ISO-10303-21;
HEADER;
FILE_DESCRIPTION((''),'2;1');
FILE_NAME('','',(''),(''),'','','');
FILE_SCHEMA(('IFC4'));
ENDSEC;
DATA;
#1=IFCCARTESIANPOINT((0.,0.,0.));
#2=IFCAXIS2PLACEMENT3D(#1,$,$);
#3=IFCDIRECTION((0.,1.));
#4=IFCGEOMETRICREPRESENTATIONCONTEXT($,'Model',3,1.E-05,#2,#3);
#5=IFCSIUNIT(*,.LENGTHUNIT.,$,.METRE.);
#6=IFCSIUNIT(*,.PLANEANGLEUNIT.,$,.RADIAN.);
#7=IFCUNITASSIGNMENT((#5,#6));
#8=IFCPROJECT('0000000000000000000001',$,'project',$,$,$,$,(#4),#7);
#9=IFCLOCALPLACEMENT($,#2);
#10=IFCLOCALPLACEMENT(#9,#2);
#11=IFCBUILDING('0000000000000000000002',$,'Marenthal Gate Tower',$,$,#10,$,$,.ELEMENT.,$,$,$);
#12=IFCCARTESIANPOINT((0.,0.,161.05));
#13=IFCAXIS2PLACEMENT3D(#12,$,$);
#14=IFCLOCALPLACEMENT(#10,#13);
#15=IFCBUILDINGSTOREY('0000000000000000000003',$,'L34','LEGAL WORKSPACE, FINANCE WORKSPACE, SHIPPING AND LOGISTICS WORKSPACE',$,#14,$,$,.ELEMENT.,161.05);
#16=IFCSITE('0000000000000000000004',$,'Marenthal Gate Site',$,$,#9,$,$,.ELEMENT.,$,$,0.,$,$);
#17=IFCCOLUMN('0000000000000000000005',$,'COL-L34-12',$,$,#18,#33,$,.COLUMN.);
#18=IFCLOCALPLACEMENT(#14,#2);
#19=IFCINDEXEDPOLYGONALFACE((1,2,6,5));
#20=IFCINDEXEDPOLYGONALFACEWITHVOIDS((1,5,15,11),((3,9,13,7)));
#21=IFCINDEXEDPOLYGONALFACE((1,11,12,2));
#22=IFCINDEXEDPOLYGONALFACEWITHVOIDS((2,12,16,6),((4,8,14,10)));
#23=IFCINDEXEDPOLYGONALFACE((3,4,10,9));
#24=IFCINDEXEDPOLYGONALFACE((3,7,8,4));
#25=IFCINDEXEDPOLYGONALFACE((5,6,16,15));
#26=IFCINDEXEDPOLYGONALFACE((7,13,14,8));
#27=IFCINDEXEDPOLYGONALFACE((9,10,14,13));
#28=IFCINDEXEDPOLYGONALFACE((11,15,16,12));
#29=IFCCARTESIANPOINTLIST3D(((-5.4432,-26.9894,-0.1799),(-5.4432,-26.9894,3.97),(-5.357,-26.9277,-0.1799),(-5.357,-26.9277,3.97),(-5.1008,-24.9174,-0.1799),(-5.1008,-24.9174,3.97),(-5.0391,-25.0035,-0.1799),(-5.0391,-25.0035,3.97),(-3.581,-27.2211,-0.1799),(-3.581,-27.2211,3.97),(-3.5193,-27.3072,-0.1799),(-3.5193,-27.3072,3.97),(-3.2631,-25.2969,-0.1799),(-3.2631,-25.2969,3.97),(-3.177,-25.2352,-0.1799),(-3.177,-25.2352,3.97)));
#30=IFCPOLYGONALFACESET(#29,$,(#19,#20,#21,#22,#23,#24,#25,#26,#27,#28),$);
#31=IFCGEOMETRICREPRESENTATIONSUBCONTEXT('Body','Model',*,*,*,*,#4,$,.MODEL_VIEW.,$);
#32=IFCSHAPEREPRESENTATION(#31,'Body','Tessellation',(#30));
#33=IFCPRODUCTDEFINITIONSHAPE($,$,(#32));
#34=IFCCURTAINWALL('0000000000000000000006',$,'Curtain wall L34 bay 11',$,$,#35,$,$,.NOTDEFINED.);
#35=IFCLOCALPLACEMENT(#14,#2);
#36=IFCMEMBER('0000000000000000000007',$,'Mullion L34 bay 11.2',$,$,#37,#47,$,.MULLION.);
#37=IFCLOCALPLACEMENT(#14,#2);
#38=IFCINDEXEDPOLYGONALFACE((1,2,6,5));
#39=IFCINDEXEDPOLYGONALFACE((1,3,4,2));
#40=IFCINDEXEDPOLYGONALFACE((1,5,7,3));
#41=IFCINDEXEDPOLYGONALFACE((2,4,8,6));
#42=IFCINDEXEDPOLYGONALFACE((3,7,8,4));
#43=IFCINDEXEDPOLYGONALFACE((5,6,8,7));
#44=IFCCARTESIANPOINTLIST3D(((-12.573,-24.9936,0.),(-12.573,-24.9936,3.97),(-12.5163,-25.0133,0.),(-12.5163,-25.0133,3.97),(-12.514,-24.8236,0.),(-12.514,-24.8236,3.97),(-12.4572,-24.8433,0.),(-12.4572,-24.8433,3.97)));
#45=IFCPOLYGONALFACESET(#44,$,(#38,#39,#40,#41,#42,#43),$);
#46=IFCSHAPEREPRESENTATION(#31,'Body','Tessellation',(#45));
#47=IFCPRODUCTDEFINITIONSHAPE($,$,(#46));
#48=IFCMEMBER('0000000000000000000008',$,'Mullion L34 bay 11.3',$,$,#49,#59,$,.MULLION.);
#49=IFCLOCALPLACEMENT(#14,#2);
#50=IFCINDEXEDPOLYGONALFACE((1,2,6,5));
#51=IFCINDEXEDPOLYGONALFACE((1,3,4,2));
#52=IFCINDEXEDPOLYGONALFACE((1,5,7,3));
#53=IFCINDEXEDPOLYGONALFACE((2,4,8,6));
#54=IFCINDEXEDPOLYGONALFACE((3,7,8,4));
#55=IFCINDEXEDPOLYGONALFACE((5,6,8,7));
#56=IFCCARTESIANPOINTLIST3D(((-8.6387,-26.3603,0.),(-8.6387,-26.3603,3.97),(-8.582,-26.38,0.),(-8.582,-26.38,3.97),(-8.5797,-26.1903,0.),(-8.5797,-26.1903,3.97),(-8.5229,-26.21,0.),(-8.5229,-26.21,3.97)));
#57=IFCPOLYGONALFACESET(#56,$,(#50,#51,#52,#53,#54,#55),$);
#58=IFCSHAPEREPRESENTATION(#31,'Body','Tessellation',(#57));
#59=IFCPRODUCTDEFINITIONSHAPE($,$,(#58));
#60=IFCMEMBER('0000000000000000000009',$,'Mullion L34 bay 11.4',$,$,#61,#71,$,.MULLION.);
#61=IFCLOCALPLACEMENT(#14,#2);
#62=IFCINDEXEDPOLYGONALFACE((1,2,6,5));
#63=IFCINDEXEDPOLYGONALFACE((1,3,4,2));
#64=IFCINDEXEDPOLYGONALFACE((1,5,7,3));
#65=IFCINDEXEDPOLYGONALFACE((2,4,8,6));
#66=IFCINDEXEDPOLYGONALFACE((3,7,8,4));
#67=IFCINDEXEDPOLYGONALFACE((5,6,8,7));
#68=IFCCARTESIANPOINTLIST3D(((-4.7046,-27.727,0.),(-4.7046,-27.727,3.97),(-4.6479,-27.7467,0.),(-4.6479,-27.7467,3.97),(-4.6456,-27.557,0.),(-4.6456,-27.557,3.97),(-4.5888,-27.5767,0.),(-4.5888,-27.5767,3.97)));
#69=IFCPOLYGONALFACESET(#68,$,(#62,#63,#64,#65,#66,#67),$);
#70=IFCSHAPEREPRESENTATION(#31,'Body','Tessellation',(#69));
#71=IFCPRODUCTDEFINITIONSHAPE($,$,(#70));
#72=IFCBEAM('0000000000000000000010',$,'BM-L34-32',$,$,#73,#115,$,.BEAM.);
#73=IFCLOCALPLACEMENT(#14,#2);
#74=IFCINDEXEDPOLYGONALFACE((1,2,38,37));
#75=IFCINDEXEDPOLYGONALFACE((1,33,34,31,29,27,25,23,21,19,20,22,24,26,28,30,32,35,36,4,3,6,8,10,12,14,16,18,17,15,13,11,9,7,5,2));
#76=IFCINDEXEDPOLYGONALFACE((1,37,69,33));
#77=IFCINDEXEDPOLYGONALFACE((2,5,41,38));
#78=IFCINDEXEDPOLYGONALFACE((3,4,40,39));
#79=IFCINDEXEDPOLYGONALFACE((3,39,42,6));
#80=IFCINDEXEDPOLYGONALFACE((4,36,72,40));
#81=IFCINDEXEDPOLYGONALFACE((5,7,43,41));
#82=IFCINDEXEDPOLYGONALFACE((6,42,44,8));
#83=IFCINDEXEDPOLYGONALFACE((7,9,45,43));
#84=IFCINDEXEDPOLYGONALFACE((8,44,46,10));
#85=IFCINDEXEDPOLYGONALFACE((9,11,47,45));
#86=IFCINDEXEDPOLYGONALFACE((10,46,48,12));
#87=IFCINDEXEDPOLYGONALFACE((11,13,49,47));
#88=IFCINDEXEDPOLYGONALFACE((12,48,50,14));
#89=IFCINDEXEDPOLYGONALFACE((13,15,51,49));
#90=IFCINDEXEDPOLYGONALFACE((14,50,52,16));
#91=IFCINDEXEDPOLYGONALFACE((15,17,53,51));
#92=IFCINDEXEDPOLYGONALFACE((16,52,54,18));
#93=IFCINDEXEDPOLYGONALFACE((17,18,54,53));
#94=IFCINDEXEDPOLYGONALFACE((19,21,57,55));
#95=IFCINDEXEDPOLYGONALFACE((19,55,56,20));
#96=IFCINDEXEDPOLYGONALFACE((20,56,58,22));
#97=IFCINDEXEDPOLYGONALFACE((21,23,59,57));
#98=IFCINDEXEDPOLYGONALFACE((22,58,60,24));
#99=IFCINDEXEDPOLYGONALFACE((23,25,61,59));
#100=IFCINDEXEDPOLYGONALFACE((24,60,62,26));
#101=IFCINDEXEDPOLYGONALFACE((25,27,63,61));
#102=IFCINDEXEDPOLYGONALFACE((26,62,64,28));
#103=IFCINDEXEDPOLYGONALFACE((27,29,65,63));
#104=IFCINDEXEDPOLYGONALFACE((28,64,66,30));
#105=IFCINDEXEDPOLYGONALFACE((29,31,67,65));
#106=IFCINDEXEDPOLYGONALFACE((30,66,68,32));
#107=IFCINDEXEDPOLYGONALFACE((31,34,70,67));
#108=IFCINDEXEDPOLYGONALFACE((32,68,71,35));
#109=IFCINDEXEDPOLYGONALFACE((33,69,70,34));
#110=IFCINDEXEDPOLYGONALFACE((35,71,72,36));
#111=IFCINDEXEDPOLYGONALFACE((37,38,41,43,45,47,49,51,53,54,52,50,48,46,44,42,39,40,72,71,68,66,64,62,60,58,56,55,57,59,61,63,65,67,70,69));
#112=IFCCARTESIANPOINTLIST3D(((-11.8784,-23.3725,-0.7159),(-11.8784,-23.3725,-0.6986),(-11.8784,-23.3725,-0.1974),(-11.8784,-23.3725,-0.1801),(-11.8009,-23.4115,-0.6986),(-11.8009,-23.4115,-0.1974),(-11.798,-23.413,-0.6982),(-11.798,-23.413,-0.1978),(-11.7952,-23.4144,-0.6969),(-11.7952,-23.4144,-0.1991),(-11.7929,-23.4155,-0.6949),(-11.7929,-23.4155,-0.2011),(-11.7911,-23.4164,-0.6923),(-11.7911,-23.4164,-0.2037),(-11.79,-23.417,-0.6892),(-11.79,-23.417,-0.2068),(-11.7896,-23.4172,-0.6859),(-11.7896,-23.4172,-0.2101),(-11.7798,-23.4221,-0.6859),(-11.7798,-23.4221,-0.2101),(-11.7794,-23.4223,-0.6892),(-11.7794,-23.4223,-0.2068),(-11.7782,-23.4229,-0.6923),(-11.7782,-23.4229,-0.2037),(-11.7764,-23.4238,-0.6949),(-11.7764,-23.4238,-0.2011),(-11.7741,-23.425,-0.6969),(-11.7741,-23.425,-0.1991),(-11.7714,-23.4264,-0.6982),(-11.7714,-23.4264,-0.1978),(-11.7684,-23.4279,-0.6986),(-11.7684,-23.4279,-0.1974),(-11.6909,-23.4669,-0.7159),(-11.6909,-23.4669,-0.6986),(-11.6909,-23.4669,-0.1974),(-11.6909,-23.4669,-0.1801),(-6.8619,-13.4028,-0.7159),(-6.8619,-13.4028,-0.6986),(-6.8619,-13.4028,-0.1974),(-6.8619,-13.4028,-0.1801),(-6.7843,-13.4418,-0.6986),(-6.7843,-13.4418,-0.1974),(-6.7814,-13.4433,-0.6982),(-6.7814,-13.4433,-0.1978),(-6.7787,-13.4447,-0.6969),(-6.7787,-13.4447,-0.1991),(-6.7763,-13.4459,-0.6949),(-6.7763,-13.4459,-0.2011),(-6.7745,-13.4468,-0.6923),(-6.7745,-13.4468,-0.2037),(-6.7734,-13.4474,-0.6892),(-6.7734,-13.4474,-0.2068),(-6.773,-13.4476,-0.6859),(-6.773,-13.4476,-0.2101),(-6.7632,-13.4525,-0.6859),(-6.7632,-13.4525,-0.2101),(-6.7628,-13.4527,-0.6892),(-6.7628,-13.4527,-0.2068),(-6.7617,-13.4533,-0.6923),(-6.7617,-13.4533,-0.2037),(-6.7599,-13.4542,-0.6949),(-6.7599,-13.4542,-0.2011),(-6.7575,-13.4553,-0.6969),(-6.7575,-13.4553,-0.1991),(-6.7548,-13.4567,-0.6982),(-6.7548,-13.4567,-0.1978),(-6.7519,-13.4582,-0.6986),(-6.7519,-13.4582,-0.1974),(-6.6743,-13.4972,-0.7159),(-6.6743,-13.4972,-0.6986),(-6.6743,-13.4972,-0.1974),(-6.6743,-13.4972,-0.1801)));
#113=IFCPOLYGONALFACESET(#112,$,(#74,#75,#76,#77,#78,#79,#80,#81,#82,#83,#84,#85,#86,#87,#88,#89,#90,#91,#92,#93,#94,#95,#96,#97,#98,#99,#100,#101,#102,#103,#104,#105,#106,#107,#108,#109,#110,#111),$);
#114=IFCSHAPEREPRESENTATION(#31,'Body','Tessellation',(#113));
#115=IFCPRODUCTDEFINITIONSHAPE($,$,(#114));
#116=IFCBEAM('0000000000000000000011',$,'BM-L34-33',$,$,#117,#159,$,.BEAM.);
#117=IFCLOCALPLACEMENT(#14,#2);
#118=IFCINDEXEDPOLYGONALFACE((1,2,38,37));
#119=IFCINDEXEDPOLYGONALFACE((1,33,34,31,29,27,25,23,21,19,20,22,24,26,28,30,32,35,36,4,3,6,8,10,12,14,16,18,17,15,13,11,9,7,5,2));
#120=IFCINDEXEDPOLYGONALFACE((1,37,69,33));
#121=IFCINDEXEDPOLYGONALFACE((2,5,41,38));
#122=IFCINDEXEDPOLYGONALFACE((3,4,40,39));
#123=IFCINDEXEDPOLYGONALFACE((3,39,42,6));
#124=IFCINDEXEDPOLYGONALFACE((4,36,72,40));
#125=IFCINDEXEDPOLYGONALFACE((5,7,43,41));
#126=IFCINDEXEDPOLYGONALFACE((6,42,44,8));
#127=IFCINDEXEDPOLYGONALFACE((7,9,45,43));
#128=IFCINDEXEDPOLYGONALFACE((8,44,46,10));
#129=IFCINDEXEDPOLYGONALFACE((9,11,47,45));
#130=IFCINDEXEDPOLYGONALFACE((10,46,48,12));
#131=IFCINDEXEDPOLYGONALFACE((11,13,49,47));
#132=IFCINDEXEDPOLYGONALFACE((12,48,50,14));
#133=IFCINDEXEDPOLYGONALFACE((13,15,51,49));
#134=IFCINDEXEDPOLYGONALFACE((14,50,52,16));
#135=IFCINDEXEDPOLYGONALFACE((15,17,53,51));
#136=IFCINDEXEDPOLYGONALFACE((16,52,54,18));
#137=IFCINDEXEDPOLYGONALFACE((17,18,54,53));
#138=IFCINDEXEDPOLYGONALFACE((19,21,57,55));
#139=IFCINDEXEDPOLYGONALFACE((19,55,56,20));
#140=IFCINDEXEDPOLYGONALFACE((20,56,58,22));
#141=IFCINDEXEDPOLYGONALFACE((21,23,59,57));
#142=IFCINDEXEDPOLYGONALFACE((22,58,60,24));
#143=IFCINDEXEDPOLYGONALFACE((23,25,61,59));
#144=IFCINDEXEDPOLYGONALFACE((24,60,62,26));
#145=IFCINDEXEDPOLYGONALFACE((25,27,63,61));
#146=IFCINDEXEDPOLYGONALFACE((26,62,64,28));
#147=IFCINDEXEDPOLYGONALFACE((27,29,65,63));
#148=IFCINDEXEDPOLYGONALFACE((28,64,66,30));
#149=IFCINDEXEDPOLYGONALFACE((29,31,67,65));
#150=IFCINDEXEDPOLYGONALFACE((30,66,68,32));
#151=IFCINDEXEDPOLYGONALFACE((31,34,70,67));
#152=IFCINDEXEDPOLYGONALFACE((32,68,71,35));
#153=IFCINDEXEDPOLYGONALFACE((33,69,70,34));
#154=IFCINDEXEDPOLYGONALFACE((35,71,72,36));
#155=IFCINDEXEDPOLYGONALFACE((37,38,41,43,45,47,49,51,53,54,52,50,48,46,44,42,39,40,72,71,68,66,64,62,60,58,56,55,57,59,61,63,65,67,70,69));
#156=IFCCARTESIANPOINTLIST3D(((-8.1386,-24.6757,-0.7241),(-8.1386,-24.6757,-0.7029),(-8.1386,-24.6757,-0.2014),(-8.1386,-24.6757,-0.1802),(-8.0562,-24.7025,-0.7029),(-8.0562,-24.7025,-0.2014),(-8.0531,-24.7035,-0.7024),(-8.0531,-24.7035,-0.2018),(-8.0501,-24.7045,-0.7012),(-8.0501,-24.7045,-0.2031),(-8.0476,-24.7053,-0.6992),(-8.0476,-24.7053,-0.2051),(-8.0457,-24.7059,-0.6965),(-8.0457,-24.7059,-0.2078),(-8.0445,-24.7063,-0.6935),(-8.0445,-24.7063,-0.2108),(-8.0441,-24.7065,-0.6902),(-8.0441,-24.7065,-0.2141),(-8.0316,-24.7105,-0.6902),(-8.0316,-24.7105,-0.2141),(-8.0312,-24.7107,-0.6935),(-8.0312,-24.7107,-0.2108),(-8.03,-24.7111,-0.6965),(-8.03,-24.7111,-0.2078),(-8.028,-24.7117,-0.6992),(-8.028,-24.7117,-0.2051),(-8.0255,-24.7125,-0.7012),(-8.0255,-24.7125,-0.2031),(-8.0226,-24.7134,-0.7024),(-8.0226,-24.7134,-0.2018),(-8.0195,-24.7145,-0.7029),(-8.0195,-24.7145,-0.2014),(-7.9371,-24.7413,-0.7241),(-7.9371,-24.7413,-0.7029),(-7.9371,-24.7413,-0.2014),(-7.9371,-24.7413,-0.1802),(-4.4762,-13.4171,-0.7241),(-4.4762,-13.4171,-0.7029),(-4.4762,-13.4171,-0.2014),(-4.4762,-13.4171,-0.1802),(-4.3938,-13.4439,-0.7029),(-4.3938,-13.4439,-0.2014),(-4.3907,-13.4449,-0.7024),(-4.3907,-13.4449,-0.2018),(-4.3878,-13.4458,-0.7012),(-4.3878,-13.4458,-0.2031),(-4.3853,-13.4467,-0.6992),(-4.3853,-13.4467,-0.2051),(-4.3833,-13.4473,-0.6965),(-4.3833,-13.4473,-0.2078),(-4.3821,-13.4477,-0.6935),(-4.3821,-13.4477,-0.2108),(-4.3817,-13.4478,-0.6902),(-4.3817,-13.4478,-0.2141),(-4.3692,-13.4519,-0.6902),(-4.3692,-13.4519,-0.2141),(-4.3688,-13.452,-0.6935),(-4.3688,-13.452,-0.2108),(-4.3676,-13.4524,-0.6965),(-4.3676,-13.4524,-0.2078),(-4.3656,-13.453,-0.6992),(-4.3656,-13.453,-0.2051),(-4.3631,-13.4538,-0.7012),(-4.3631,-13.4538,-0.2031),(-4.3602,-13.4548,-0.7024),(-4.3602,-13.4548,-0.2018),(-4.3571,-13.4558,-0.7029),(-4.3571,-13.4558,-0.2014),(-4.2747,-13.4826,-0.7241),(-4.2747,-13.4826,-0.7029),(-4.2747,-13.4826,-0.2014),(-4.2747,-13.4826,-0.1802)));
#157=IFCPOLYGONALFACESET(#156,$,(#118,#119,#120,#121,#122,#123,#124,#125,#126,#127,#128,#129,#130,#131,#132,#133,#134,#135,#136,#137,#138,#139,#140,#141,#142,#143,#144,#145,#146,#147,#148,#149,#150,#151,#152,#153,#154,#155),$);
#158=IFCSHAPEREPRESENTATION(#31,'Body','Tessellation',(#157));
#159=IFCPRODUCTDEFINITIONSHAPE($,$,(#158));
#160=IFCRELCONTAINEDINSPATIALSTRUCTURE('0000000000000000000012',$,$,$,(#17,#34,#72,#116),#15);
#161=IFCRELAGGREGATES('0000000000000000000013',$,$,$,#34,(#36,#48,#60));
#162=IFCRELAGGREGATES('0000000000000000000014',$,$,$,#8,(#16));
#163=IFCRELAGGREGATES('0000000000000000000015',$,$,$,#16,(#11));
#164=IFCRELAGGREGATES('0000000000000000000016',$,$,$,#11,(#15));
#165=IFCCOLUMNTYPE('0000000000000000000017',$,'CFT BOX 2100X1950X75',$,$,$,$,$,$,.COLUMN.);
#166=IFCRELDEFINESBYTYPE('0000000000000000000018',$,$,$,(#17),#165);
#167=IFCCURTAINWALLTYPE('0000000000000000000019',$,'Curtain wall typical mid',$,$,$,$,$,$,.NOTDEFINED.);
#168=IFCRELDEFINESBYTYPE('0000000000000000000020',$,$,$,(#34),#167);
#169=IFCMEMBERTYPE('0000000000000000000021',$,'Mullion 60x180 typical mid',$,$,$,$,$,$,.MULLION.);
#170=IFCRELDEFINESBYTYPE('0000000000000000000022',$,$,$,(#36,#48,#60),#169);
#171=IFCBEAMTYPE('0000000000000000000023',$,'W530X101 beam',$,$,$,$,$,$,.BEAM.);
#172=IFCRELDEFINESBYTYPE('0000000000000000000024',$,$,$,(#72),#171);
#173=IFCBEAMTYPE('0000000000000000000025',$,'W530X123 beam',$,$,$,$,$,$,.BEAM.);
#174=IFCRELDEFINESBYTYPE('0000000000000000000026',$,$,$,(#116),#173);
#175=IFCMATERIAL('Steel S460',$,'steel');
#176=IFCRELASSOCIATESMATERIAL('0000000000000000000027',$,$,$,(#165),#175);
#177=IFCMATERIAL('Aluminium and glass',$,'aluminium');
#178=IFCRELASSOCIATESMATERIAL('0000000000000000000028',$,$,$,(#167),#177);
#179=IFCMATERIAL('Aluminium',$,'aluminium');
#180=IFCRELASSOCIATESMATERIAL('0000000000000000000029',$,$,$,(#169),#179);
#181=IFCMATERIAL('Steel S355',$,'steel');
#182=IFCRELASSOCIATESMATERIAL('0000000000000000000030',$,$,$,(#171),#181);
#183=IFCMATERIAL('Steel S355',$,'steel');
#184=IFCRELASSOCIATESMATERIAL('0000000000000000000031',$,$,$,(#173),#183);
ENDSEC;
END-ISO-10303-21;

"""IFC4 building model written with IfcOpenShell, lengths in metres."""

from ifc_helpers import new_model, si_unit, direction, frame, origin, origin_2d, place, context, subcontext, project, spatial, rectangle, hollow_rectangle, i_section, extrude, material, material_profile, profile_set, type_object, element, aggregate, save


model = new_model("IFC4")

# Units and contexts
model_context = context("Model", 3, precision=1e-05, world=origin(), true_north=direction((0.0, 1.0)))
body_context = subcontext(model_context, "Body", "Model", "MODEL_VIEW")
ifc_project = project(units=[si_unit("LENGTHUNIT", "METRE"), si_unit("PLANEANGLEUNIT", "RADIAN")], contexts=[model_context])

# Site, building, storey
site_placement = place(None, origin())
site = spatial("IfcSite", under=ifc_project, at=site_placement, Name="Marenthal Gate Site", CompositionType="ELEMENT", RefElevation=0.0)
building_placement = place(site_placement, origin())
building = spatial("IfcBuilding", under=site, at=building_placement, Name="Marenthal Gate Tower", CompositionType="ELEMENT")
storey_placement = place(building_placement, frame((0.0, 0.0, 161.05)))
storey = spatial("IfcBuildingStorey", under=building, at=storey_placement, Name="L34", Description="LEGAL WORKSPACE, FINANCE WORKSPACE, SHIPPING AND LOGISTICS WORKSPACE", CompositionType="ELEMENT", Elevation=161.05)

# Column
ifc_material_1 = material(Name="Steel S460", Category="steel")
ifc_material_profile_1 = material_profile(ifc_material_1, hollow_rectangle(XDim=1.95, YDim=2.1001, WallThickness=0.075, at=origin_2d()), Name="CFT BOX 2100X1950X75")
ifc_material_2 = material(Name="Concrete 70 MPa", Category="concrete")
ifc_material_profile_2 = material_profile(ifc_material_2, rectangle(XDim=1.8, YDim=1.95, at=origin_2d()), Name="CFT BOX 2100X1950X75 INFILL")
ifc_profile_set_1 = profile_set([ifc_material_profile_1, ifc_material_profile_2], Name="Steel S460 shell, Concrete 70 MPa infill")
column_type = type_object("IfcColumnType", Name="CFT BOX 2100X1950X75", PredefinedType="COLUMN", material=ifc_profile_set_1)
column_placement = place(storey_placement, frame((-4.3101, -26.1123, -0.1799), z_axis=(0.0, 0.0, 1.0), x_axis=(-0.986627, 0.162997, 0.0)))
element("IfcColumn", 1, at=column_placement, inside=storey, type_object=column_type, Name="COL-L34-12", PredefinedType="COLUMN", context=body_context, shape_type="SweptSolid", body=[
    extrude(hollow_rectangle(XDim=1.95, YDim=2.1001, WallThickness=0.075, at=origin_2d()), origin(), (0.0, 0.0, 1.0), 4.1499),
])

# Curtain wall, members
ifc_material_3 = material(Name="Aluminium and glass", Category="aluminium")
curtain_wall_type = type_object("IfcCurtainWallType", Name="Curtain wall typical mid", PredefinedType="NOTDEFINED", material=ifc_material_3)
curtain_wall_placement = place(storey_placement, origin())
curtain_wall = element("IfcCurtainWall", 2, at=curtain_wall_placement, inside=storey, type_object=curtain_wall_type, Name="Curtain wall L34 bay 11", PredefinedType="NOTDEFINED")
ifc_material_4 = material(Name="Aluminium", Category="aluminium")
ifc_material_profile_3 = material_profile(ifc_material_4, rectangle(XDim=0.1799, YDim=0.0601, at=origin_2d()), Name="60x180 aluminium mullion")
ifc_profile_set_2 = profile_set([ifc_material_profile_3], Name="Aluminium")
member_type = type_object("IfcMemberType", Name="Mullion 60x180 typical mid", PredefinedType="MULLION", material=ifc_profile_set_2)
member_1_placement = place(storey_placement, frame((-12.5151, -24.9185, 0.0), z_axis=(0.0, 0.0, 1.0), x_axis=(0.328158, 0.944623, 0.0)))
member_1 = element("IfcMember", 3, at=member_1_placement, type_object=member_type, Name="Mullion L34 bay 11.2", PredefinedType="MULLION", context=body_context, shape_type="SweptSolid", body=[
    extrude(rectangle(XDim=0.1799, YDim=0.0601, at=origin_2d()), origin(), (0.0, 0.0, 1.0), 3.97),
])
member_2_placement = place(storey_placement, frame((-8.5808, -26.2852, 0.0), z_axis=(0.0, 0.0, 1.0), x_axis=(0.328158, 0.944623, 0.0)))
member_2 = element("IfcMember", 4, at=member_2_placement, type_object=member_type, Name="Mullion L34 bay 11.3", PredefinedType="MULLION", context=body_context, shape_type="SweptSolid", body=[
    extrude(rectangle(XDim=0.1799, YDim=0.0601, at=origin_2d()), origin(), (0.0, 0.0, 1.0), 3.97),
])
member_3_placement = place(storey_placement, frame((-4.6467, -27.6519, 0.0), z_axis=(0.0, 0.0, 1.0), x_axis=(0.328158, 0.944623, 0.0)))
member_3 = element("IfcMember", 5, at=member_3_placement, type_object=member_type, Name="Mullion L34 bay 11.4", PredefinedType="MULLION", context=body_context, shape_type="SweptSolid", body=[
    extrude(rectangle(XDim=0.1799, YDim=0.0601, at=origin_2d()), origin(), (0.0, 0.0, 1.0), 3.97),
])

# Beams
ifc_material_5 = material(Name="Steel S355", Category="steel")
ifc_material_profile_4 = material_profile(ifc_material_5, i_section(OverallWidth=0.21, OverallDepth=0.5359, WebThickness=0.011, FlangeThickness=0.0173, FilletRadius=0.0127, at=origin_2d()), Name="W530X101")
ifc_profile_set_3 = profile_set([ifc_material_profile_4], Name="Steel S355")
beam_type_1 = type_object("IfcBeamType", Name="W530X101 beam", PredefinedType="BEAM", material=ifc_profile_set_3)
beam_1_placement = place(storey_placement, frame((-11.7847, -23.4197, -0.448), z_axis=(0.449487, 0.893287, 0.0), x_axis=(-0.893287, 0.449487, 0.0)))
element("IfcBeam", 6, at=beam_1_placement, inside=storey, type_object=beam_type_1, Name="BM-L34-32", PredefinedType="BEAM", context=body_context, shape_type="SweptSolid", body=[
    extrude(i_section(OverallWidth=0.21, OverallDepth=0.5359, WebThickness=0.011, FlangeThickness=0.0173, FilletRadius=0.0127, at=origin_2d()), origin(), (0.0, 0.0, 1.0), 11.1606),
])
ifc_material_6 = material(Name="Steel S355", Category="steel")
ifc_material_profile_5 = material_profile(ifc_material_6, i_section(OverallWidth=0.2119, OverallDepth=0.5439, WebThickness=0.0132, FlangeThickness=0.0212, FilletRadius=0.0127, at=origin_2d()), Name="W530X123")
ifc_profile_set_4 = profile_set([ifc_material_profile_5], Name="Steel S355")
beam_type_2 = type_object("IfcBeamType", Name="W530X123 beam", PredefinedType="BEAM", material=ifc_profile_set_4)
beam_2_placement = place(storey_placement, frame((-8.0378, -24.7085, -0.4521), z_axis=(0.30934, 0.950951, 0.0), x_axis=(-0.950951, 0.30934, 0.0)))
element("IfcBeam", 7, at=beam_2_placement, inside=storey, type_object=beam_type_2, Name="BM-L34-33", PredefinedType="BEAM", context=body_context, shape_type="SweptSolid", body=[
    extrude(i_section(OverallWidth=0.2119, OverallDepth=0.5439, WebThickness=0.0132, FlangeThickness=0.0212, FilletRadius=0.0127, at=origin_2d()), origin(), (0.0, 0.0, 1.0), 11.8394),
])

aggregate(curtain_wall, [member_1, member_2, member_3])

save(model, "model.ifc")
